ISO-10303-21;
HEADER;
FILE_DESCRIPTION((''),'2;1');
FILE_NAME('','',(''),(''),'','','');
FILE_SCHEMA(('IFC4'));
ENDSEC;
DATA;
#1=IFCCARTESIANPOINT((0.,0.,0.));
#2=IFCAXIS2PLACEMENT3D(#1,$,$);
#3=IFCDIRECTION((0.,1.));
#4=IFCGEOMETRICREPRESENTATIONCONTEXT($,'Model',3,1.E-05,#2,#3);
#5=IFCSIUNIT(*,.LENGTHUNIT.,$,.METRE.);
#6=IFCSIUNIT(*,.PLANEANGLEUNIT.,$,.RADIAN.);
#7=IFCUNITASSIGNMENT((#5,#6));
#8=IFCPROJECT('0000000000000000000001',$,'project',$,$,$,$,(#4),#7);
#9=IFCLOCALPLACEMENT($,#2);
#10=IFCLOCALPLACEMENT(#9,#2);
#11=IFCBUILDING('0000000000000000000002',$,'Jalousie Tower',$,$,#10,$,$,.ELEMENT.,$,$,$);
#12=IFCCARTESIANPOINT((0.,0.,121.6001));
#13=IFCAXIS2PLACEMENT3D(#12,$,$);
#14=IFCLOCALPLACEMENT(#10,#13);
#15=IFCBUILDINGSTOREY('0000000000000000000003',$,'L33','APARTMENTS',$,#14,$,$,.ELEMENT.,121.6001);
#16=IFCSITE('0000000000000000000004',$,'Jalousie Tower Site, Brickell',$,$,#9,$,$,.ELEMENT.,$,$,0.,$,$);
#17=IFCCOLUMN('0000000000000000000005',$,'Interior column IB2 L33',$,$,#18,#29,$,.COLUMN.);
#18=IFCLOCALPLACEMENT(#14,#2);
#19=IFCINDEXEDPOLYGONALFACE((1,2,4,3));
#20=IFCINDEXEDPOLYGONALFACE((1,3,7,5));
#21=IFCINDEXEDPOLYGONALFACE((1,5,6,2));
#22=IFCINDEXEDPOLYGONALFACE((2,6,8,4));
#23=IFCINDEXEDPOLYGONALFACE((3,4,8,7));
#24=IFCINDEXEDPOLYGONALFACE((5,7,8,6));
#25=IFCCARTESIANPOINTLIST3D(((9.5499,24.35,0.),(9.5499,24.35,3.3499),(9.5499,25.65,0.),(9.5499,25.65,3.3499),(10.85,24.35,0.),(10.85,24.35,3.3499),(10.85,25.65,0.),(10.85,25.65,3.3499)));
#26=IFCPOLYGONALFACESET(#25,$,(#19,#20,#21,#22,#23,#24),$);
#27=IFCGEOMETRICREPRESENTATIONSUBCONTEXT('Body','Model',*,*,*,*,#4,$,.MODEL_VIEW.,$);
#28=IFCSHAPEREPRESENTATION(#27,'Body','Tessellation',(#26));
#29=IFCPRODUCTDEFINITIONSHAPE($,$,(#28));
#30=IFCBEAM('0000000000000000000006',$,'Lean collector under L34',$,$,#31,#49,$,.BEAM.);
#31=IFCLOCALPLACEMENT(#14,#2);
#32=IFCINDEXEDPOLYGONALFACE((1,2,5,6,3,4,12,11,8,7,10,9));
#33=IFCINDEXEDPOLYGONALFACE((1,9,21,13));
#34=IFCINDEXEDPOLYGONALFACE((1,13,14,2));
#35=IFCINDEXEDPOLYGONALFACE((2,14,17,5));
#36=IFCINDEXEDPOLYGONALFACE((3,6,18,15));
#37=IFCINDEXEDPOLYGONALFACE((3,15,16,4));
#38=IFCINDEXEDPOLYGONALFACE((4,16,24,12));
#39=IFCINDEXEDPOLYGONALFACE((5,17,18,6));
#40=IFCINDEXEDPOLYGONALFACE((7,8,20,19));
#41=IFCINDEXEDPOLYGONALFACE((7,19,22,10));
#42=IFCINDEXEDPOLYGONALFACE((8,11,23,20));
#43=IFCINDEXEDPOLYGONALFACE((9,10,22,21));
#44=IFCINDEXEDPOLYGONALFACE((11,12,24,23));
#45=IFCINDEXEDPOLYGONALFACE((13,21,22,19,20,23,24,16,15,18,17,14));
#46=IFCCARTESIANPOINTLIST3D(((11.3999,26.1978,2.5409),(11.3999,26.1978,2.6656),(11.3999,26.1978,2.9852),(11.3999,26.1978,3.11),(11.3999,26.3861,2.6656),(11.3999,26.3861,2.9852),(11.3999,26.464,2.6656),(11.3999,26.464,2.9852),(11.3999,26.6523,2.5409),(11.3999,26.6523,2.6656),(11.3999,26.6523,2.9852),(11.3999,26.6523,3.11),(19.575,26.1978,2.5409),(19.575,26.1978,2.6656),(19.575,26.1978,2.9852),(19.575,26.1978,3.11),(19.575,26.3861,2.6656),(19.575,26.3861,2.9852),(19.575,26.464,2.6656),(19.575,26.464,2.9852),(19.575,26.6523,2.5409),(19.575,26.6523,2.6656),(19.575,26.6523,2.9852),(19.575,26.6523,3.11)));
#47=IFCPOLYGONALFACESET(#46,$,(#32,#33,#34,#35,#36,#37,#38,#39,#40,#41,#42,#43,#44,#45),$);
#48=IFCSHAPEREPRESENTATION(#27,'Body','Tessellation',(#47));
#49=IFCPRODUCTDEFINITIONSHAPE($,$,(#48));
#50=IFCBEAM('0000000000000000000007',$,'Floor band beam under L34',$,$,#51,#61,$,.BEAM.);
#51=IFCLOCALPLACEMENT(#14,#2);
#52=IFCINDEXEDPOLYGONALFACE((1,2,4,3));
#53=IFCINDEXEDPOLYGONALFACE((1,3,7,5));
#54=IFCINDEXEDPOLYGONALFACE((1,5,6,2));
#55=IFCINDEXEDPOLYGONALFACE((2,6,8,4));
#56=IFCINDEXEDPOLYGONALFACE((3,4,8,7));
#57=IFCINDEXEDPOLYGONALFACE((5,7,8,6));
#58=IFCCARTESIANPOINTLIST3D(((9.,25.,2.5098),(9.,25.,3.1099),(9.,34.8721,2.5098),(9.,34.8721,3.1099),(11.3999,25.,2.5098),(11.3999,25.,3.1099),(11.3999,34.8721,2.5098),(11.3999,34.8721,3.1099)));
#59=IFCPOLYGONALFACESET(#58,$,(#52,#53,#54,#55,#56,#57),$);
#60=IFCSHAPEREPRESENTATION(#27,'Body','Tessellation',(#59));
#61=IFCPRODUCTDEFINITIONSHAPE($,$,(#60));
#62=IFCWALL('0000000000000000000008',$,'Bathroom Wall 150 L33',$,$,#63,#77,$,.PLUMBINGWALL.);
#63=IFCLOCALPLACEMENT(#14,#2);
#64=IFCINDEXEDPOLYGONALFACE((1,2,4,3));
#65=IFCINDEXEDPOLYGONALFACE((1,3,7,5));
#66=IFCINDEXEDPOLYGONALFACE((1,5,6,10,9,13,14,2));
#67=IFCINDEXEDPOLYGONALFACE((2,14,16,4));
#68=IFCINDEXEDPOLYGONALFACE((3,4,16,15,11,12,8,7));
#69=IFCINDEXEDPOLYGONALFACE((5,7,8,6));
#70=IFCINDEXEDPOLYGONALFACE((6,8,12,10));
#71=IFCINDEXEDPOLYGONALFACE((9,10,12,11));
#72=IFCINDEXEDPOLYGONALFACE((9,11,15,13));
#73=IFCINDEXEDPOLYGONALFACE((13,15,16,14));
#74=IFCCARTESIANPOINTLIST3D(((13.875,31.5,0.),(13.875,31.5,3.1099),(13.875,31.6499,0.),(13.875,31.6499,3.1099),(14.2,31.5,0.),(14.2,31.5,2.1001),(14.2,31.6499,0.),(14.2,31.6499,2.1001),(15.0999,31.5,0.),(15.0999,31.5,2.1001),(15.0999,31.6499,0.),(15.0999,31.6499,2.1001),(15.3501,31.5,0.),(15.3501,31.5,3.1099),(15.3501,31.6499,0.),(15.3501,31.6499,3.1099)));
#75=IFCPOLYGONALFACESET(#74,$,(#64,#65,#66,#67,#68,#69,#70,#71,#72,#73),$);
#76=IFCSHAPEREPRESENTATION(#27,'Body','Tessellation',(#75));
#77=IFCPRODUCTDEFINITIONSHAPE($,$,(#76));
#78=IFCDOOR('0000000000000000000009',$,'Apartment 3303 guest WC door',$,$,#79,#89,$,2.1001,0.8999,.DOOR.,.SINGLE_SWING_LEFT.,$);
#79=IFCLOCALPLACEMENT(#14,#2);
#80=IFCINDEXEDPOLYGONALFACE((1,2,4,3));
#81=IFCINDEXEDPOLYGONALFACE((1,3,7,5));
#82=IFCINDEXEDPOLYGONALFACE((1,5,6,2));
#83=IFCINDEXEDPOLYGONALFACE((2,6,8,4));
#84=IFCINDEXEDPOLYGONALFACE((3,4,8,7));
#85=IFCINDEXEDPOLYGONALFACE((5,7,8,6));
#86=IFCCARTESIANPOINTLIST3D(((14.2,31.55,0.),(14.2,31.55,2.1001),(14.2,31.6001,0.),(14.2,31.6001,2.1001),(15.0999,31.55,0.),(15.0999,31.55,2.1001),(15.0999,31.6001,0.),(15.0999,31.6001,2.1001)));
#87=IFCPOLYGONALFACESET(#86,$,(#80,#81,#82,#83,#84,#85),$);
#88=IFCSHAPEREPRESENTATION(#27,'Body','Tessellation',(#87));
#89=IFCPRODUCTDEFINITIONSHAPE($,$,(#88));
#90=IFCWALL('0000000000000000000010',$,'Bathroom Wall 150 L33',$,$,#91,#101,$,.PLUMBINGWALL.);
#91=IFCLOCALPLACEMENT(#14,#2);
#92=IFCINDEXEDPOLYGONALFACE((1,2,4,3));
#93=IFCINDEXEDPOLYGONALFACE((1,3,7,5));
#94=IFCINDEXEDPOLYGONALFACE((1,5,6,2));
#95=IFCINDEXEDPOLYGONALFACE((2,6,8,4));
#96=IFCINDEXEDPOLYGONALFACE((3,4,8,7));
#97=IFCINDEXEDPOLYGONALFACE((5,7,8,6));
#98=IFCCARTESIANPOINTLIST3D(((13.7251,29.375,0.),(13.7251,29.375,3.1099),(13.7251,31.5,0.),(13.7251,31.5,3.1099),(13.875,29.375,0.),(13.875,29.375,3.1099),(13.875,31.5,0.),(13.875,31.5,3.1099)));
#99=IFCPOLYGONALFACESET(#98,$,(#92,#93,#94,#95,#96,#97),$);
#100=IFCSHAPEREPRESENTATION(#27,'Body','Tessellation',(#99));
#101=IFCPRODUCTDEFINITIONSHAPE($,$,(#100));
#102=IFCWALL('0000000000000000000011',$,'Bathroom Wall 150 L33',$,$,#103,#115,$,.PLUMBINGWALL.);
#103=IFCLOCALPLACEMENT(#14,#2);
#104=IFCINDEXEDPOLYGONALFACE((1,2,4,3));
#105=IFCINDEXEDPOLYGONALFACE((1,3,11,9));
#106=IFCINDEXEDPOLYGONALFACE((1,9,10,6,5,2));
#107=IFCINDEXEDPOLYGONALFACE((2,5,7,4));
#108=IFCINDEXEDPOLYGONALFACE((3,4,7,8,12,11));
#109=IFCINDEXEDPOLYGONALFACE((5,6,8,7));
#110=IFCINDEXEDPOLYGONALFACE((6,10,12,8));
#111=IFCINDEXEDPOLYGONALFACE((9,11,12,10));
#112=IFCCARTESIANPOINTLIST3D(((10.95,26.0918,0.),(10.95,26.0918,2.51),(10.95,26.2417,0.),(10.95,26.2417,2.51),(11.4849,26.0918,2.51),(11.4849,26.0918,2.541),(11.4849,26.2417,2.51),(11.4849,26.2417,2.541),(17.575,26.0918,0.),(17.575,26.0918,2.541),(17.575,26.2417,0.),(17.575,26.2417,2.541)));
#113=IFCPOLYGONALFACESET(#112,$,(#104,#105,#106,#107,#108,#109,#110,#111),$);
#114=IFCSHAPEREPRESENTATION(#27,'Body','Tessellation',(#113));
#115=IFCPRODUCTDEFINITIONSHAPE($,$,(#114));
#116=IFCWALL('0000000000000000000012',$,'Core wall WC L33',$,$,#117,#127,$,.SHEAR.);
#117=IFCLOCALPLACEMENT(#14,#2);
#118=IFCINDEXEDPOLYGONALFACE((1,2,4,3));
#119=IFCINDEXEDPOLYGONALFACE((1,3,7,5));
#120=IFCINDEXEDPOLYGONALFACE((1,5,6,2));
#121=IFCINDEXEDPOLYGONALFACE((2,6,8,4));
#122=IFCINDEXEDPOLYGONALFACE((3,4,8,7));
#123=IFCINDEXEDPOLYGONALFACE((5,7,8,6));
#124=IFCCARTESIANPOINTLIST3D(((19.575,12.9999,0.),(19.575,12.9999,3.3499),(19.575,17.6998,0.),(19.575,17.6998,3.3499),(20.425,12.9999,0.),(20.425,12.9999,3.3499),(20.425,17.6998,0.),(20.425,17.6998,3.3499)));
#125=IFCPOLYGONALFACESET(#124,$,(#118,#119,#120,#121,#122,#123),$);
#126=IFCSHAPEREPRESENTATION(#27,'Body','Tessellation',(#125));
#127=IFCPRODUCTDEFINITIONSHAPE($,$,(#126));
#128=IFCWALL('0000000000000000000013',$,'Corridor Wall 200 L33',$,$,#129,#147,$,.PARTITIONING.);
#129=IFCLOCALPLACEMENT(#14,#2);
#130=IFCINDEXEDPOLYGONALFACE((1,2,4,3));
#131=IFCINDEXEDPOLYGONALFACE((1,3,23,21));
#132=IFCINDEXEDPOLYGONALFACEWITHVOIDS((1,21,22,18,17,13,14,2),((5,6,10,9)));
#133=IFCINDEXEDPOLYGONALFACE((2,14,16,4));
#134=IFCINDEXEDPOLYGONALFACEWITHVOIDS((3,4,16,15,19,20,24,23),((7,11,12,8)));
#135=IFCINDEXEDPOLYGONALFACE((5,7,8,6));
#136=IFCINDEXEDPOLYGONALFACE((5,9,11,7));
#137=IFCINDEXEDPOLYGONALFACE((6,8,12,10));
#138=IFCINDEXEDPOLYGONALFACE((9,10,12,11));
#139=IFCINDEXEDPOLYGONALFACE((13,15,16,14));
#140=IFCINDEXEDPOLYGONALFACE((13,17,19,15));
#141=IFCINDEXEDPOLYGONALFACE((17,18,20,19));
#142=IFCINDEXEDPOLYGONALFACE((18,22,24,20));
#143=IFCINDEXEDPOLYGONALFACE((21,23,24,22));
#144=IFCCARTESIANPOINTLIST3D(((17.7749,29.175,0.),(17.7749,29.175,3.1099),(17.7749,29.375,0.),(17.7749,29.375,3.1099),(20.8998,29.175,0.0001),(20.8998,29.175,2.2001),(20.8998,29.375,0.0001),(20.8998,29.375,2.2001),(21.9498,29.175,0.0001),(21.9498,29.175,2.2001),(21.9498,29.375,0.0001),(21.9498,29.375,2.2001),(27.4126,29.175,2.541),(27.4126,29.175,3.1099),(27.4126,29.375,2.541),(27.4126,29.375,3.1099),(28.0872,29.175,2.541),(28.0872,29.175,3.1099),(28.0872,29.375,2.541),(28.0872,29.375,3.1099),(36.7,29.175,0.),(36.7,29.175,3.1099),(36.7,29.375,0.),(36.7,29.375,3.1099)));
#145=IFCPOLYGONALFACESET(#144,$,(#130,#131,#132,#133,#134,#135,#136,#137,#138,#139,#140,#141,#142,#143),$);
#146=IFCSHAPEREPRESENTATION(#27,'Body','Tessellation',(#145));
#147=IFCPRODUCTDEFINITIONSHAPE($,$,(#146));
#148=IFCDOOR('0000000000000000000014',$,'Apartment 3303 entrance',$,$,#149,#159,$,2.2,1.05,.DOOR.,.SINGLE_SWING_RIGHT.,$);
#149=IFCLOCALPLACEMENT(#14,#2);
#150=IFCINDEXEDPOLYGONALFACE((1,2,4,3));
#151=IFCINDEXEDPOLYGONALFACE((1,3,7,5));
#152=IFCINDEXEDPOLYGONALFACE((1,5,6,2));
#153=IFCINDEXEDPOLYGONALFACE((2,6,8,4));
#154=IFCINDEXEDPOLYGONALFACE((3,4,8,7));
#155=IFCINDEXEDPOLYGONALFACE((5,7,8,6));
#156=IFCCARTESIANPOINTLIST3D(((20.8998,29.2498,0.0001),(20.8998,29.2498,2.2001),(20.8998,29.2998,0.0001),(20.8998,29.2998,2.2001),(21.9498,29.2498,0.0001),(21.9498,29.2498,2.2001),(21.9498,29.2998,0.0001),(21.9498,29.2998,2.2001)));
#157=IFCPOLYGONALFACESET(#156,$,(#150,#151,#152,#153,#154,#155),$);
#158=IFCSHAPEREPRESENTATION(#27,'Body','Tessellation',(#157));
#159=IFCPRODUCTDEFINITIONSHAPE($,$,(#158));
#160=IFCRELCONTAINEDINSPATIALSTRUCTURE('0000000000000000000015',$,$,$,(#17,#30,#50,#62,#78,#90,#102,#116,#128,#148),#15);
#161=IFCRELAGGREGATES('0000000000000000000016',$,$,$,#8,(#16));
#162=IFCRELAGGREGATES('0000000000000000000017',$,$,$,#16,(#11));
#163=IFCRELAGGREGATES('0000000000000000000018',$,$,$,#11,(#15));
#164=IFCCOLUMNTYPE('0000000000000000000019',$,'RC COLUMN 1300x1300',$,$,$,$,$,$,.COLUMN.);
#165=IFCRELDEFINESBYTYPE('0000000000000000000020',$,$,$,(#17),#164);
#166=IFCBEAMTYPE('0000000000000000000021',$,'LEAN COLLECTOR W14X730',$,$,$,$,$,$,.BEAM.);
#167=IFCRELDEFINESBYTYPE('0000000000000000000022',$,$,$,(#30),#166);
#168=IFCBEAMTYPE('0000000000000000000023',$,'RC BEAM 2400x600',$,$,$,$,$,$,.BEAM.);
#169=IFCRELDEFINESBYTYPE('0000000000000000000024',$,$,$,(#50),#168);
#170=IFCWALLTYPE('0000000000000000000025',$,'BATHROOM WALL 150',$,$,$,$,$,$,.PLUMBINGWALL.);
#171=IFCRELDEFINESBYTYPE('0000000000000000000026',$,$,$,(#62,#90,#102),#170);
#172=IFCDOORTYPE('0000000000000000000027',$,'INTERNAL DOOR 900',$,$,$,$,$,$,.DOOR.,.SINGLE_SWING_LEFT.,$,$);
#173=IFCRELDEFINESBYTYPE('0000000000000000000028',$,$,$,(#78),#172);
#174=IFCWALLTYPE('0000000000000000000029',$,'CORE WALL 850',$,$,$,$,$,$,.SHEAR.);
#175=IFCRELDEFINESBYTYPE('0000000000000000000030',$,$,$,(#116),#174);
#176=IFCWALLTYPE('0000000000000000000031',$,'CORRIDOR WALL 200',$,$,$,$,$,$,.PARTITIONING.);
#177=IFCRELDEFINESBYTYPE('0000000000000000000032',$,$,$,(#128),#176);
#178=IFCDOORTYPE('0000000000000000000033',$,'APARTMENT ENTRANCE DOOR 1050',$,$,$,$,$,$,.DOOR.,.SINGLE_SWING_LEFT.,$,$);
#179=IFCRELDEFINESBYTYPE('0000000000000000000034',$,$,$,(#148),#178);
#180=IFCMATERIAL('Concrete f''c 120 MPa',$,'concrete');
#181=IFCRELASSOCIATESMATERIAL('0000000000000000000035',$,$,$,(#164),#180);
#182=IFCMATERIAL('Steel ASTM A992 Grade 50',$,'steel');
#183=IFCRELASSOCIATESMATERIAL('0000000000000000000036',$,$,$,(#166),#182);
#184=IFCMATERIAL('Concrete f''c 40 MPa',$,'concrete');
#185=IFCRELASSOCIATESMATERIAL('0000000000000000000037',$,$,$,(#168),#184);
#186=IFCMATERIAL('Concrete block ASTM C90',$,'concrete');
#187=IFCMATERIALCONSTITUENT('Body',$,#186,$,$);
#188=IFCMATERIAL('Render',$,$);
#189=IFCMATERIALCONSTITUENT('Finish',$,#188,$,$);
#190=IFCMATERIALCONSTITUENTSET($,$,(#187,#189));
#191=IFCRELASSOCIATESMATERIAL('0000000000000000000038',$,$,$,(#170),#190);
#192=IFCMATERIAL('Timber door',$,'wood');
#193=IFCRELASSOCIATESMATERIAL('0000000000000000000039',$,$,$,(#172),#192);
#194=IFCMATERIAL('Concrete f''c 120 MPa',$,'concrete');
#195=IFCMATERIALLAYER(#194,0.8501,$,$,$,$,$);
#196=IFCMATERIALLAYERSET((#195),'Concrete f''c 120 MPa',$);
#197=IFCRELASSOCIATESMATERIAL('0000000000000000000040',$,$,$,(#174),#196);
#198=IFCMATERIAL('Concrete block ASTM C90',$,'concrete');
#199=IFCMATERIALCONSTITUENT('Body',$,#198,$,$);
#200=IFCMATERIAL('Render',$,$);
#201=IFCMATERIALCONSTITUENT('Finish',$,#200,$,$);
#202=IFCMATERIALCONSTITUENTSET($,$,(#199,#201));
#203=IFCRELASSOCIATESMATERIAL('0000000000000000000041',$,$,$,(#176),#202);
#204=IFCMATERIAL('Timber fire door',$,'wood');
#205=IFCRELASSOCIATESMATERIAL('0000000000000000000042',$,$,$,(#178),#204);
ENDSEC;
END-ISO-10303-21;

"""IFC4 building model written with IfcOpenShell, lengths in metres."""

from ifc_helpers import new_model, si_unit, direction, frame, frame_2d, origin, origin_2d, place, context, subcontext, project, spatial, polyline, rectangle, i_section, outline, extrude, material, layer, layer_set, constituent, constituent_set, material_profile, profile_set, type_object, element, fill, save


model = new_model("IFC4")

# Units and contexts
model_context = context("Model", 3, precision=1e-05, world=origin(), true_north=direction((0.0, 1.0)))
body_context = subcontext(model_context, "Body", "Model", "MODEL_VIEW")
ifc_project = project(units=[si_unit("LENGTHUNIT", "METRE"), si_unit("PLANEANGLEUNIT", "RADIAN")], contexts=[model_context])

# Site, building, storey
site_placement = place(None, origin())
site = spatial("IfcSite", under=ifc_project, at=site_placement, Name="Jalousie Tower Site, Brickell", CompositionType="ELEMENT", RefElevation=0.0)
building_placement = place(site_placement, origin())
building = spatial("IfcBuilding", under=site, at=building_placement, Name="Jalousie Tower", CompositionType="ELEMENT")
storey_placement = place(building_placement, frame((0.0, 0.0, 121.6001)))
storey = spatial("IfcBuildingStorey", under=building, at=storey_placement, Name="L33", Description="APARTMENTS", CompositionType="ELEMENT", Elevation=121.6001)

# Column
ifc_material_1 = material(Name="Concrete f'c 120 MPa", Category="concrete")
ifc_material_profile_1 = material_profile(ifc_material_1, rectangle(XDim=1.3, YDim=1.3, at=origin_2d()), Name="RC 1300x1300")
ifc_profile_set_1 = profile_set([ifc_material_profile_1], Name="Concrete f'c 120 MPa")
column_type = type_object("IfcColumnType", Name="RC COLUMN 1300x1300", PredefinedType="COLUMN", material=ifc_profile_set_1)
column_placement = place(storey_placement, frame((10.2, 25.0, 0.0), z_axis=(0.0, 0.0, 1.0), x_axis=(1.0, 0.0, 0.0)))
element("IfcColumn", 1, at=column_placement, inside=storey, type_object=column_type, Name="Interior column IB2 L33", PredefinedType="COLUMN", context=body_context, shape_type="SweptSolid", body=[
    extrude(rectangle(XDim=1.3, YDim=1.3, at=origin_2d()), origin(), (0.0, 0.0, 1.0), 3.3499),
])

# Beams
ifc_material_2 = material(Name="Steel ASTM A992 Grade 50", Category="steel")
ifc_material_profile_2 = material_profile(ifc_material_2, i_section(OverallWidth=0.4546, OverallDepth=0.5691, WebThickness=0.0779, FlangeThickness=0.1248, at=origin_2d()), Name="W14X730")
ifc_profile_set_2 = profile_set([ifc_material_profile_2], Name="Steel ASTM A992 Grade 50")
beam_type_1 = type_object("IfcBeamType", Name="LEAN COLLECTOR W14X730", PredefinedType="BEAM", material=ifc_profile_set_2)
beam_1_placement = place(storey_placement, frame((11.3999, 26.425, 2.8254), z_axis=(1.0, 0.0, 0.0), x_axis=(0.0, 1.0, 0.0)))
element("IfcBeam", 2, at=beam_1_placement, inside=storey, type_object=beam_type_1, Name="Lean collector under L34", PredefinedType="BEAM", context=body_context, shape_type="SweptSolid", body=[
    extrude(i_section(OverallWidth=0.4546, OverallDepth=0.5691, WebThickness=0.0779, FlangeThickness=0.1248, at=origin_2d()), origin(), (0.0, 0.0, 1.0), 8.175),
])
ifc_material_3 = material(Name="Concrete f'c 40 MPa", Category="concrete")
ifc_material_profile_3 = material_profile(ifc_material_3, rectangle(XDim=2.3999, YDim=0.6001, at=origin_2d()), Name="RC 2400x600")
ifc_profile_set_3 = profile_set([ifc_material_profile_3], Name="Concrete f'c 40 MPa")
beam_type_2 = type_object("IfcBeamType", Name="RC BEAM 2400x600", PredefinedType="BEAM", material=ifc_profile_set_3)
beam_2_placement = place(storey_placement, frame((10.2, 25.0, 2.8098), z_axis=(0.0, 1.0, 0.0), x_axis=(-1.0, 0.0, 0.0)))
element("IfcBeam", 3, at=beam_2_placement, inside=storey, type_object=beam_type_2, Name="Floor band beam under L34", PredefinedType="BEAM", context=body_context, shape_type="SweptSolid", body=[
    extrude(rectangle(XDim=2.3999, YDim=0.6001, at=origin_2d()), origin(), (0.0, 0.0, 1.0), 9.8721),
])

# Wall, opening, door
ifc_material_4 = material(Name="Concrete block ASTM C90", Category="concrete")
ifc_constituent_1 = constituent(ifc_material_4, Name="Body")
ifc_material_5 = material(Name="Render")
ifc_constituent_2 = constituent(ifc_material_5, Name="Finish")
ifc_constituent_set_1 = constituent_set(constituents=[ifc_constituent_1, ifc_constituent_2])
wall_type_1 = type_object("IfcWallType", Name="BATHROOM WALL 150", PredefinedType="PLUMBINGWALL", material=ifc_constituent_set_1)
wall_1_placement = place(storey_placement, frame((13.875, 31.575, 0.0), z_axis=(0.0, 0.0, 1.0), x_axis=(1.0, 0.0, 0.0)))
wall_1 = element("IfcWall", 4, at=wall_1_placement, inside=storey, type_object=wall_type_1, Name="Bathroom Wall 150 L33", PredefinedType="PLUMBINGWALL", context=body_context, shape_type="SweptSolid", body=[
    extrude(rectangle(XDim=1.4751, YDim=0.1499, at=frame_2d((0.7375, 0.0))), origin(), (0.0, 0.0, 1.0), 3.1099),
])
opening_1_placement = place(wall_1_placement, frame((0.325, 0.0, 0.0)))
opening_1 = element("IfcOpeningElement", 5, at=opening_1_placement, cuts=wall_1, PredefinedType="OPENING", context=body_context, shape_type="SweptSolid", body=[
    extrude(rectangle(XDim=0.8999, YDim=2.1001, at=frame_2d((0.45, 1.05))), frame((0.0, 0.085, 0.0), z_axis=(0.0, -1.0, 0.0), x_axis=(1.0, 0.0, 0.0)), (0.0, 0.0, 1.0), 0.1699),
])
ifc_material_6 = material(Name="Timber door", Category="wood")
door_type_1 = type_object("IfcDoorType", Name="INTERNAL DOOR 900", OperationType="SINGLE_SWING_LEFT", PredefinedType="DOOR", material=ifc_material_6)
door_1_placement = place(opening_1_placement, frame((0.8999, 0.0, 0.0), z_axis=(0.0, 0.0, 1.0), x_axis=(-1.0, 0.0, 0.0)))
door_1 = element("IfcDoor", 6, at=door_1_placement, inside=storey, type_object=door_type_1, Name="Apartment 3303 guest WC door", OperationType="SINGLE_SWING_LEFT", OverallHeight=2.1001, OverallWidth=0.8999, PredefinedType="DOOR", context=body_context, shape_type="SweptSolid", body=[
    extrude(rectangle(XDim=0.8999, YDim=2.1001, at=frame_2d((0.45, 1.05))), frame((0.0, 0.0249, 0.0), z_axis=(0.0, -1.0, 0.0), x_axis=(1.0, 0.0, 0.0)), (0.0, 0.0, 1.0), 0.05),
])
fill(opening_1, door_1)

# Walls
wall_2_placement = place(storey_placement, frame((13.8, 31.5, 0.0), z_axis=(0.0, 0.0, 1.0), x_axis=(0.0, -1.0, 0.0)))
element("IfcWall", 7, at=wall_2_placement, inside=storey, type_object=wall_type_1, Name="Bathroom Wall 150 L33", PredefinedType="PLUMBINGWALL", context=body_context, shape_type="SweptSolid", body=[
    extrude(rectangle(XDim=2.125, YDim=0.1499, at=frame_2d((1.0625, 0.0))), origin(), (0.0, 0.0, 1.0), 3.1099),
])
wall_3_placement = place(storey_placement, frame((10.95, 26.1667, 0.0), z_axis=(0.0, 0.0, 1.0), x_axis=(1.0, 0.0, 0.0)))
element("IfcWall", 8, at=wall_3_placement, inside=storey, type_object=wall_type_1, Name="Bathroom Wall 150 L33", PredefinedType="PLUMBINGWALL", context=body_context, shape_type="SweptSolid", body=[
    extrude(outline(polyline([(0.0, 0.0), (6.625, 0.0), (6.625, 3.1099), (6.625, 2.541), (0.5349, 2.541), (0.5349, 2.51), (0.0, 2.51), (0.0, 3.1099), (0.0, 0.0)])), frame((0.0, 0.075, 0.0), z_axis=(0.0, -1.0, 0.0), x_axis=(1.0, 0.0, 0.0)), (0.0, 0.0, 1.0), 0.1499),
])
ifc_material_7 = material(Name="Concrete f'c 120 MPa", Category="concrete")
ifc_layer = layer(ifc_material_7, 0.8501)
ifc_layer_set = layer_set([ifc_layer], Name="Concrete f'c 120 MPa")
wall_type_2 = type_object("IfcWallType", Name="CORE WALL 850", PredefinedType="SHEAR", material=ifc_layer_set)
wall_4_placement = place(storey_placement, frame((20.0, 17.7, 0.0), z_axis=(0.0, 0.0, 1.0), x_axis=(0.0, -1.0, 0.0)))
element("IfcWall", 9, at=wall_4_placement, inside=storey, type_object=wall_type_2, Name="Core wall WC L33", PredefinedType="SHEAR", context=body_context, shape_type="SweptSolid", body=[
    extrude(rectangle(XDim=4.7, YDim=0.8501, at=frame_2d((2.3501, 0.0))), origin(), (0.0, 0.0, 1.0), 3.3499),
])

# Wall, opening, door
ifc_material_8 = material(Name="Concrete block ASTM C90", Category="concrete")
ifc_constituent_3 = constituent(ifc_material_8, Name="Body")
ifc_material_9 = material(Name="Render")
ifc_constituent_4 = constituent(ifc_material_9, Name="Finish")
ifc_constituent_set_2 = constituent_set(constituents=[ifc_constituent_3, ifc_constituent_4])
wall_type_3 = type_object("IfcWallType", Name="CORRIDOR WALL 200", PredefinedType="PARTITIONING", material=ifc_constituent_set_2)
wall_5_placement = place(storey_placement, frame((17.7749, 29.2749, 0.0), z_axis=(0.0, 0.0, 1.0), x_axis=(1.0, 0.0, 0.0)))
wall_5 = element("IfcWall", 10, at=wall_5_placement, inside=storey, type_object=wall_type_3, Name="Corridor Wall 200 L33", PredefinedType="PARTITIONING", context=body_context, shape_type="SweptSolid", body=[
    extrude(outline(polyline([(0.0, 0.0), (18.925, 0.0), (18.925, 3.1099), (10.3123, 3.1099), (10.3123, 2.541), (9.6377, 2.541), (9.6377, 3.1099), (0.0, 3.1099), (0.0, 0.0)])), frame((0.0, 0.1001, 0.0), z_axis=(0.0, -1.0, 0.0), x_axis=(1.0, 0.0, 0.0)), (0.0, 0.0, 1.0), 0.2),
])
opening_2_placement = place(wall_5_placement, frame((3.125, 0.0, 0.0)))
opening_2 = element("IfcOpeningElement", 11, at=opening_2_placement, cuts=wall_5, PredefinedType="OPENING", context=body_context, shape_type="SweptSolid", body=[
    extrude(rectangle(XDim=1.05, YDim=2.2, at=frame_2d((0.5249, 1.1001))), frame((0.0, 0.1099, 0.0), z_axis=(0.0, -1.0, 0.0), x_axis=(1.0, 0.0, 0.0)), (0.0, 0.0, 1.0), 0.22),
])
ifc_material_10 = material(Name="Timber fire door", Category="wood")
door_type_2 = type_object("IfcDoorType", Name="APARTMENT ENTRANCE DOOR 1050", OperationType="SINGLE_SWING_LEFT", PredefinedType="DOOR", material=ifc_material_10)
door_2_placement = place(opening_2_placement, origin())
door_2 = element("IfcDoor", 12, at=door_2_placement, inside=storey, type_object=door_type_2, Name="Apartment 3303 entrance", OperationType="SINGLE_SWING_RIGHT", OverallHeight=2.2, OverallWidth=1.05, PredefinedType="DOOR", context=body_context, shape_type="SweptSolid", body=[
    extrude(rectangle(XDim=1.05, YDim=2.2, at=frame_2d((0.5249, 1.1001))), frame((0.0, 0.0249, 0.0), z_axis=(0.0, -1.0, 0.0), x_axis=(1.0, 0.0, 0.0)), (0.0, 0.0, 1.0), 0.05),
])
fill(opening_2, door_2)

save(model, "model.ifc")
